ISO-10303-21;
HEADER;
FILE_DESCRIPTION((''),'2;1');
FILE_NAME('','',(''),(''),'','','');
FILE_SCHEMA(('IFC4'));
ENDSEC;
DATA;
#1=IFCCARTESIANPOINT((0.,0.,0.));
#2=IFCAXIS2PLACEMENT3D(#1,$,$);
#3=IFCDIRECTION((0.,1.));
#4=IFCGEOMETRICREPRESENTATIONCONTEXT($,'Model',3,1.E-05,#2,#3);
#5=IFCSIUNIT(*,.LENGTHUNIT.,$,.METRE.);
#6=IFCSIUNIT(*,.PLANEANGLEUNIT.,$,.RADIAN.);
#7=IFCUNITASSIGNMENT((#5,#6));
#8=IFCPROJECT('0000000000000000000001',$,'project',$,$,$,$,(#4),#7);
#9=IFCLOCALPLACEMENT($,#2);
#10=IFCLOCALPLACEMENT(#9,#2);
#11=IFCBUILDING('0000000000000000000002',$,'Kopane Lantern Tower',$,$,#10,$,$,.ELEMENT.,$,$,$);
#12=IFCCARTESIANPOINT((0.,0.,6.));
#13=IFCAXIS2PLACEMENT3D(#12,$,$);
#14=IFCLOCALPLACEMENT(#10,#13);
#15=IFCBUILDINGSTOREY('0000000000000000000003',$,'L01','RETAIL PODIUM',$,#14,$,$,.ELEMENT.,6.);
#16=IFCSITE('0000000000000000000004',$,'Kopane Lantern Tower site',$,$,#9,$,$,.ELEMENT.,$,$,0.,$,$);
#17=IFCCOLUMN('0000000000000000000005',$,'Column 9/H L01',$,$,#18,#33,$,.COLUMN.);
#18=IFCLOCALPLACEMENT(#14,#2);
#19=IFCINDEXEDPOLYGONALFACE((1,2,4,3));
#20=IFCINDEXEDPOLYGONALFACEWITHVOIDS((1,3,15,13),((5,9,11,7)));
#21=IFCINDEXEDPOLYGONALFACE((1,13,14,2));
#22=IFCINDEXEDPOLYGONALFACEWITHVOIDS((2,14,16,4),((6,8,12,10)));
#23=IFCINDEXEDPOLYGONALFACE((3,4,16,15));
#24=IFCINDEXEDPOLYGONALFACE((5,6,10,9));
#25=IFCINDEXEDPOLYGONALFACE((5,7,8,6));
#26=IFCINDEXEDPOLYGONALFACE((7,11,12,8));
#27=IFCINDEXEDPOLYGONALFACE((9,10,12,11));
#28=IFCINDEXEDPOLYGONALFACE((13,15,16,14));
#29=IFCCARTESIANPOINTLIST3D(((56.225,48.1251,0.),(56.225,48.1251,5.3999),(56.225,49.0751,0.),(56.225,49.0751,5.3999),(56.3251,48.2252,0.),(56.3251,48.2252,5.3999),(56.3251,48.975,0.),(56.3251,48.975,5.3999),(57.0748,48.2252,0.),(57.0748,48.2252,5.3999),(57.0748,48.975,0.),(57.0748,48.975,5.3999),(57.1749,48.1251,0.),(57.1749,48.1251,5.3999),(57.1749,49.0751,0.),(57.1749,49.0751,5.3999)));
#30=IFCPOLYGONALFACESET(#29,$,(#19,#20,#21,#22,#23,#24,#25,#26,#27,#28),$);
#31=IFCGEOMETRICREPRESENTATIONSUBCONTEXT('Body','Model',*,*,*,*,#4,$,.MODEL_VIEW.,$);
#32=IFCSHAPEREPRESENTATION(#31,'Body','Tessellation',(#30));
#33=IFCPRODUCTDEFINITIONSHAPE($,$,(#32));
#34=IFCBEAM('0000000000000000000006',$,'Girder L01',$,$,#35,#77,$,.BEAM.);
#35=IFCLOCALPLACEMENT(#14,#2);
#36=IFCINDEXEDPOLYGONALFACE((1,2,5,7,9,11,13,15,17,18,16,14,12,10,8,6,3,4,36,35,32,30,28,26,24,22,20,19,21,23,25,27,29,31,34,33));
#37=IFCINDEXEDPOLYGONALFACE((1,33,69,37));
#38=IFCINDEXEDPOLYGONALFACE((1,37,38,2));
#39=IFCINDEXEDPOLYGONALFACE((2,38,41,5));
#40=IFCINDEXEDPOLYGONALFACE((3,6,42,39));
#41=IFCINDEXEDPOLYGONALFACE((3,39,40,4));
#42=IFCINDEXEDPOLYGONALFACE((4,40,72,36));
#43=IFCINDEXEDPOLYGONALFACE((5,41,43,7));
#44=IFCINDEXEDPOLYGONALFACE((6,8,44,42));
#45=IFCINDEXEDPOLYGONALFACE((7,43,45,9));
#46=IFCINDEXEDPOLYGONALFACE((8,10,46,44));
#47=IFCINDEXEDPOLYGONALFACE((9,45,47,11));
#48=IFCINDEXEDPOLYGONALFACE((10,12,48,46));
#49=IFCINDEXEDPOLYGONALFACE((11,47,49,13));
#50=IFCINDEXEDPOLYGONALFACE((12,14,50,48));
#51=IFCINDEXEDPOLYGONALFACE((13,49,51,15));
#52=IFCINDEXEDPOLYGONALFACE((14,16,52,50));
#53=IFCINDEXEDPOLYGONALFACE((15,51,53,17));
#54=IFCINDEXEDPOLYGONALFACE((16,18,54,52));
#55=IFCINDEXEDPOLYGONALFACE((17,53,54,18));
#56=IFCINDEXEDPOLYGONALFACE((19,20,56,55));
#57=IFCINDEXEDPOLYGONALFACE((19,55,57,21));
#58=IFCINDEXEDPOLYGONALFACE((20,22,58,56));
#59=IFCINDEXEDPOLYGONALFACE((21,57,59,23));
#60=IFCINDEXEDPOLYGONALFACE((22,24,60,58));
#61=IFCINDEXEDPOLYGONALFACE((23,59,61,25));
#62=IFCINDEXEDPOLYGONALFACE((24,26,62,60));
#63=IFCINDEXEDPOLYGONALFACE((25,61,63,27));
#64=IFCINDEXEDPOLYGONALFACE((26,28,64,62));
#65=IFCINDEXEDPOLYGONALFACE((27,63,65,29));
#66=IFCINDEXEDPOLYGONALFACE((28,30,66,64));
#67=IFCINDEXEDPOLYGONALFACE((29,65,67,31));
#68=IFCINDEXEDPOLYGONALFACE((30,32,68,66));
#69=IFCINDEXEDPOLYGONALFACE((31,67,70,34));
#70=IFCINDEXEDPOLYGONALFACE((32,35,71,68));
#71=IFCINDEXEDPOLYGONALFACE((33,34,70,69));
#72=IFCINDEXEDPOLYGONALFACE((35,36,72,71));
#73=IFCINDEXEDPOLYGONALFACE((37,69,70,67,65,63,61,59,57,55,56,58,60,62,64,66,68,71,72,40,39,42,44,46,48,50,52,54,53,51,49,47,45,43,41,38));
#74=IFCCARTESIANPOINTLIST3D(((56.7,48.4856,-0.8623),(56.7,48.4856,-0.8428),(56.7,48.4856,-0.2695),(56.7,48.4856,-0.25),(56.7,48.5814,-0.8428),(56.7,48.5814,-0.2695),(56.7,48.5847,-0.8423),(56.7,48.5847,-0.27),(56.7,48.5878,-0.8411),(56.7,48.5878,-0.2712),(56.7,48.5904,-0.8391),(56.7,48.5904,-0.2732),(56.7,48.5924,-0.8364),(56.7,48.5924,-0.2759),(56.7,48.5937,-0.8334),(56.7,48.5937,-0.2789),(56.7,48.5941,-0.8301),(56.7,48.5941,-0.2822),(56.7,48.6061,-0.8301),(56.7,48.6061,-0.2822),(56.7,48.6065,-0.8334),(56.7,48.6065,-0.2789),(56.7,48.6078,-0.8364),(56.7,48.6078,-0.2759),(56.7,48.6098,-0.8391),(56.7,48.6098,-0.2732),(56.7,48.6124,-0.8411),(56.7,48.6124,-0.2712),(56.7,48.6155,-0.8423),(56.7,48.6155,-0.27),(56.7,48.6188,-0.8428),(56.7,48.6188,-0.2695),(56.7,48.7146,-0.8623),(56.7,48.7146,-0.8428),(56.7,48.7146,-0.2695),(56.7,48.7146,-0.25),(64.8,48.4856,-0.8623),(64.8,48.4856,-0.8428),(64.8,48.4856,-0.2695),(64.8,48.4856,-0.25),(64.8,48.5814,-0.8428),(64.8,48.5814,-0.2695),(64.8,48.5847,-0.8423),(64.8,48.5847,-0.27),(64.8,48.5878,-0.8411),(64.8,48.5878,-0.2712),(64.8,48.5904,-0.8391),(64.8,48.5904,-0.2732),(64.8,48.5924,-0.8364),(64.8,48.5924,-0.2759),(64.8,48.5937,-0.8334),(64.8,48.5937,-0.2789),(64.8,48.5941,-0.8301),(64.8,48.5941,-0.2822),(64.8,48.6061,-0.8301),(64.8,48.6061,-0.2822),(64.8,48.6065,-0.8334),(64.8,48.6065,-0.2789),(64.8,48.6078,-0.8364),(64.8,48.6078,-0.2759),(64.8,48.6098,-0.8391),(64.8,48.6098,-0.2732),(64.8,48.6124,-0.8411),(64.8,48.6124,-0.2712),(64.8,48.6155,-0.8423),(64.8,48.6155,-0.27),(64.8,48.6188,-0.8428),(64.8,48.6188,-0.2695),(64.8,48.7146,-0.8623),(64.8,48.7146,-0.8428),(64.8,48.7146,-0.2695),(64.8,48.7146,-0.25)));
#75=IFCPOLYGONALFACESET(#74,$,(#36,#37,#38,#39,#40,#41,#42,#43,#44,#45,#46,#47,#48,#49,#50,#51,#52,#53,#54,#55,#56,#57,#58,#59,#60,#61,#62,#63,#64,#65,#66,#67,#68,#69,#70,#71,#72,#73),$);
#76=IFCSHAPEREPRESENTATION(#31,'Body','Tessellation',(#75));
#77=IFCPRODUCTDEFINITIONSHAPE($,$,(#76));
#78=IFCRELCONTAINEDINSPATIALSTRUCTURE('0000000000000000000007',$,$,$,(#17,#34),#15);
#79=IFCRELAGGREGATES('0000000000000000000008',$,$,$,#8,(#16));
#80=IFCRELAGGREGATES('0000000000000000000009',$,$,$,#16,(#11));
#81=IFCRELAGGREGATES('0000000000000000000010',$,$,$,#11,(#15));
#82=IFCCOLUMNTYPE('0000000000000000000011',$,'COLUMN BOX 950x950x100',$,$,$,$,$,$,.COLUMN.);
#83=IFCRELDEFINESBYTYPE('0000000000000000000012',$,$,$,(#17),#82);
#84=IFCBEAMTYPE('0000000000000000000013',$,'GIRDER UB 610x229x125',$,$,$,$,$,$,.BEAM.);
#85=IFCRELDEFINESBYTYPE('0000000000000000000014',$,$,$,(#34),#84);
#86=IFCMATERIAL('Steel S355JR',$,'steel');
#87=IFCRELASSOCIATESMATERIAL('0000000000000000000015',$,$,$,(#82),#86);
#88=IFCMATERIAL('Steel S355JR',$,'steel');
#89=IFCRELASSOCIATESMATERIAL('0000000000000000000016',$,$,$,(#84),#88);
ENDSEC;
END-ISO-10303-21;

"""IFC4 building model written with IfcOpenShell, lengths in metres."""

from ifc_helpers import new_model, si_unit, direction, frame, origin, origin_2d, place, context, subcontext, project, spatial, hollow_rectangle, i_section, extrude, material, material_profile, profile_set, type_object, element, save


model = new_model("IFC4")

# Units and contexts
model_context = context("Model", 3, precision=1e-05, world=origin(), true_north=direction((0.0, 1.0)))
body_context = subcontext(model_context, "Body", "Model", "MODEL_VIEW")
ifc_project = project(units=[si_unit("LENGTHUNIT", "METRE"), si_unit("PLANEANGLEUNIT", "RADIAN")], contexts=[model_context])

# Site, building, storey
site_placement = place(None, origin())
site = spatial("IfcSite", under=ifc_project, at=site_placement, Name="Kopane Lantern Tower site", CompositionType="ELEMENT", RefElevation=0.0)
building_placement = place(site_placement, origin())
building = spatial("IfcBuilding", under=site, at=building_placement, Name="Kopane Lantern Tower", CompositionType="ELEMENT")
storey_placement = place(building_placement, frame((0.0, 0.0, 6.0)))
storey = spatial("IfcBuildingStorey", under=building, at=storey_placement, Name="L01", Description="RETAIL PODIUM", CompositionType="ELEMENT", Elevation=6.0)

# Column
ifc_material_1 = material(Name="Steel S355JR", Category="steel")
ifc_material_profile_1 = material_profile(ifc_material_1, hollow_rectangle(XDim=0.95, YDim=0.95, WallThickness=0.1001, at=origin_2d()), Name="BOX 950x950x100")
ifc_profile_set_1 = profile_set([ifc_material_profile_1], Name="Steel S355JR")
column_type = type_object("IfcColumnType", Name="COLUMN BOX 950x950x100", PredefinedType="COLUMN", material=ifc_profile_set_1)
column_placement = place(storey_placement, frame((56.7, 48.6001, 0.0), z_axis=(0.0, 0.0, 1.0), x_axis=(1.0, 0.0, 0.0)))
element("IfcColumn", 1, at=column_placement, inside=storey, type_object=column_type, Name="Column 9/H L01", PredefinedType="COLUMN", context=body_context, shape_type="SweptSolid", body=[
    extrude(hollow_rectangle(XDim=0.95, YDim=0.95, WallThickness=0.1001, at=origin_2d()), origin(), (0.0, 0.0, 1.0), 5.3999),
])

# Beam
ifc_material_2 = material(Name="Steel S355JR", Category="steel")
ifc_material_profile_2 = material_profile(ifc_material_2, i_section(OverallWidth=0.229, OverallDepth=0.6123, WebThickness=0.012, FlangeThickness=0.0195, FilletRadius=0.0127, at=origin_2d()), Name="UB 610x229x125")
ifc_profile_set_2 = profile_set([ifc_material_profile_2], Name="Steel S355JR")
beam_type = type_object("IfcBeamType", Name="GIRDER UB 610x229x125", PredefinedType="BEAM", material=ifc_profile_set_2)
beam_placement = place(storey_placement, frame((56.7, 48.6001, -0.5562), z_axis=(1.0, 0.0, 0.0), x_axis=(0.0, 1.0, 0.0)))
element("IfcBeam", 2, at=beam_placement, inside=storey, type_object=beam_type, Name="Girder L01", PredefinedType="BEAM", context=body_context, shape_type="SweptSolid", body=[
    extrude(i_section(OverallWidth=0.229, OverallDepth=0.6123, WebThickness=0.012, FlangeThickness=0.0195, FilletRadius=0.0127, at=origin_2d()), origin(), (0.0, 0.0, 1.0), 8.1001),
])

save(model, "model.ifc")
